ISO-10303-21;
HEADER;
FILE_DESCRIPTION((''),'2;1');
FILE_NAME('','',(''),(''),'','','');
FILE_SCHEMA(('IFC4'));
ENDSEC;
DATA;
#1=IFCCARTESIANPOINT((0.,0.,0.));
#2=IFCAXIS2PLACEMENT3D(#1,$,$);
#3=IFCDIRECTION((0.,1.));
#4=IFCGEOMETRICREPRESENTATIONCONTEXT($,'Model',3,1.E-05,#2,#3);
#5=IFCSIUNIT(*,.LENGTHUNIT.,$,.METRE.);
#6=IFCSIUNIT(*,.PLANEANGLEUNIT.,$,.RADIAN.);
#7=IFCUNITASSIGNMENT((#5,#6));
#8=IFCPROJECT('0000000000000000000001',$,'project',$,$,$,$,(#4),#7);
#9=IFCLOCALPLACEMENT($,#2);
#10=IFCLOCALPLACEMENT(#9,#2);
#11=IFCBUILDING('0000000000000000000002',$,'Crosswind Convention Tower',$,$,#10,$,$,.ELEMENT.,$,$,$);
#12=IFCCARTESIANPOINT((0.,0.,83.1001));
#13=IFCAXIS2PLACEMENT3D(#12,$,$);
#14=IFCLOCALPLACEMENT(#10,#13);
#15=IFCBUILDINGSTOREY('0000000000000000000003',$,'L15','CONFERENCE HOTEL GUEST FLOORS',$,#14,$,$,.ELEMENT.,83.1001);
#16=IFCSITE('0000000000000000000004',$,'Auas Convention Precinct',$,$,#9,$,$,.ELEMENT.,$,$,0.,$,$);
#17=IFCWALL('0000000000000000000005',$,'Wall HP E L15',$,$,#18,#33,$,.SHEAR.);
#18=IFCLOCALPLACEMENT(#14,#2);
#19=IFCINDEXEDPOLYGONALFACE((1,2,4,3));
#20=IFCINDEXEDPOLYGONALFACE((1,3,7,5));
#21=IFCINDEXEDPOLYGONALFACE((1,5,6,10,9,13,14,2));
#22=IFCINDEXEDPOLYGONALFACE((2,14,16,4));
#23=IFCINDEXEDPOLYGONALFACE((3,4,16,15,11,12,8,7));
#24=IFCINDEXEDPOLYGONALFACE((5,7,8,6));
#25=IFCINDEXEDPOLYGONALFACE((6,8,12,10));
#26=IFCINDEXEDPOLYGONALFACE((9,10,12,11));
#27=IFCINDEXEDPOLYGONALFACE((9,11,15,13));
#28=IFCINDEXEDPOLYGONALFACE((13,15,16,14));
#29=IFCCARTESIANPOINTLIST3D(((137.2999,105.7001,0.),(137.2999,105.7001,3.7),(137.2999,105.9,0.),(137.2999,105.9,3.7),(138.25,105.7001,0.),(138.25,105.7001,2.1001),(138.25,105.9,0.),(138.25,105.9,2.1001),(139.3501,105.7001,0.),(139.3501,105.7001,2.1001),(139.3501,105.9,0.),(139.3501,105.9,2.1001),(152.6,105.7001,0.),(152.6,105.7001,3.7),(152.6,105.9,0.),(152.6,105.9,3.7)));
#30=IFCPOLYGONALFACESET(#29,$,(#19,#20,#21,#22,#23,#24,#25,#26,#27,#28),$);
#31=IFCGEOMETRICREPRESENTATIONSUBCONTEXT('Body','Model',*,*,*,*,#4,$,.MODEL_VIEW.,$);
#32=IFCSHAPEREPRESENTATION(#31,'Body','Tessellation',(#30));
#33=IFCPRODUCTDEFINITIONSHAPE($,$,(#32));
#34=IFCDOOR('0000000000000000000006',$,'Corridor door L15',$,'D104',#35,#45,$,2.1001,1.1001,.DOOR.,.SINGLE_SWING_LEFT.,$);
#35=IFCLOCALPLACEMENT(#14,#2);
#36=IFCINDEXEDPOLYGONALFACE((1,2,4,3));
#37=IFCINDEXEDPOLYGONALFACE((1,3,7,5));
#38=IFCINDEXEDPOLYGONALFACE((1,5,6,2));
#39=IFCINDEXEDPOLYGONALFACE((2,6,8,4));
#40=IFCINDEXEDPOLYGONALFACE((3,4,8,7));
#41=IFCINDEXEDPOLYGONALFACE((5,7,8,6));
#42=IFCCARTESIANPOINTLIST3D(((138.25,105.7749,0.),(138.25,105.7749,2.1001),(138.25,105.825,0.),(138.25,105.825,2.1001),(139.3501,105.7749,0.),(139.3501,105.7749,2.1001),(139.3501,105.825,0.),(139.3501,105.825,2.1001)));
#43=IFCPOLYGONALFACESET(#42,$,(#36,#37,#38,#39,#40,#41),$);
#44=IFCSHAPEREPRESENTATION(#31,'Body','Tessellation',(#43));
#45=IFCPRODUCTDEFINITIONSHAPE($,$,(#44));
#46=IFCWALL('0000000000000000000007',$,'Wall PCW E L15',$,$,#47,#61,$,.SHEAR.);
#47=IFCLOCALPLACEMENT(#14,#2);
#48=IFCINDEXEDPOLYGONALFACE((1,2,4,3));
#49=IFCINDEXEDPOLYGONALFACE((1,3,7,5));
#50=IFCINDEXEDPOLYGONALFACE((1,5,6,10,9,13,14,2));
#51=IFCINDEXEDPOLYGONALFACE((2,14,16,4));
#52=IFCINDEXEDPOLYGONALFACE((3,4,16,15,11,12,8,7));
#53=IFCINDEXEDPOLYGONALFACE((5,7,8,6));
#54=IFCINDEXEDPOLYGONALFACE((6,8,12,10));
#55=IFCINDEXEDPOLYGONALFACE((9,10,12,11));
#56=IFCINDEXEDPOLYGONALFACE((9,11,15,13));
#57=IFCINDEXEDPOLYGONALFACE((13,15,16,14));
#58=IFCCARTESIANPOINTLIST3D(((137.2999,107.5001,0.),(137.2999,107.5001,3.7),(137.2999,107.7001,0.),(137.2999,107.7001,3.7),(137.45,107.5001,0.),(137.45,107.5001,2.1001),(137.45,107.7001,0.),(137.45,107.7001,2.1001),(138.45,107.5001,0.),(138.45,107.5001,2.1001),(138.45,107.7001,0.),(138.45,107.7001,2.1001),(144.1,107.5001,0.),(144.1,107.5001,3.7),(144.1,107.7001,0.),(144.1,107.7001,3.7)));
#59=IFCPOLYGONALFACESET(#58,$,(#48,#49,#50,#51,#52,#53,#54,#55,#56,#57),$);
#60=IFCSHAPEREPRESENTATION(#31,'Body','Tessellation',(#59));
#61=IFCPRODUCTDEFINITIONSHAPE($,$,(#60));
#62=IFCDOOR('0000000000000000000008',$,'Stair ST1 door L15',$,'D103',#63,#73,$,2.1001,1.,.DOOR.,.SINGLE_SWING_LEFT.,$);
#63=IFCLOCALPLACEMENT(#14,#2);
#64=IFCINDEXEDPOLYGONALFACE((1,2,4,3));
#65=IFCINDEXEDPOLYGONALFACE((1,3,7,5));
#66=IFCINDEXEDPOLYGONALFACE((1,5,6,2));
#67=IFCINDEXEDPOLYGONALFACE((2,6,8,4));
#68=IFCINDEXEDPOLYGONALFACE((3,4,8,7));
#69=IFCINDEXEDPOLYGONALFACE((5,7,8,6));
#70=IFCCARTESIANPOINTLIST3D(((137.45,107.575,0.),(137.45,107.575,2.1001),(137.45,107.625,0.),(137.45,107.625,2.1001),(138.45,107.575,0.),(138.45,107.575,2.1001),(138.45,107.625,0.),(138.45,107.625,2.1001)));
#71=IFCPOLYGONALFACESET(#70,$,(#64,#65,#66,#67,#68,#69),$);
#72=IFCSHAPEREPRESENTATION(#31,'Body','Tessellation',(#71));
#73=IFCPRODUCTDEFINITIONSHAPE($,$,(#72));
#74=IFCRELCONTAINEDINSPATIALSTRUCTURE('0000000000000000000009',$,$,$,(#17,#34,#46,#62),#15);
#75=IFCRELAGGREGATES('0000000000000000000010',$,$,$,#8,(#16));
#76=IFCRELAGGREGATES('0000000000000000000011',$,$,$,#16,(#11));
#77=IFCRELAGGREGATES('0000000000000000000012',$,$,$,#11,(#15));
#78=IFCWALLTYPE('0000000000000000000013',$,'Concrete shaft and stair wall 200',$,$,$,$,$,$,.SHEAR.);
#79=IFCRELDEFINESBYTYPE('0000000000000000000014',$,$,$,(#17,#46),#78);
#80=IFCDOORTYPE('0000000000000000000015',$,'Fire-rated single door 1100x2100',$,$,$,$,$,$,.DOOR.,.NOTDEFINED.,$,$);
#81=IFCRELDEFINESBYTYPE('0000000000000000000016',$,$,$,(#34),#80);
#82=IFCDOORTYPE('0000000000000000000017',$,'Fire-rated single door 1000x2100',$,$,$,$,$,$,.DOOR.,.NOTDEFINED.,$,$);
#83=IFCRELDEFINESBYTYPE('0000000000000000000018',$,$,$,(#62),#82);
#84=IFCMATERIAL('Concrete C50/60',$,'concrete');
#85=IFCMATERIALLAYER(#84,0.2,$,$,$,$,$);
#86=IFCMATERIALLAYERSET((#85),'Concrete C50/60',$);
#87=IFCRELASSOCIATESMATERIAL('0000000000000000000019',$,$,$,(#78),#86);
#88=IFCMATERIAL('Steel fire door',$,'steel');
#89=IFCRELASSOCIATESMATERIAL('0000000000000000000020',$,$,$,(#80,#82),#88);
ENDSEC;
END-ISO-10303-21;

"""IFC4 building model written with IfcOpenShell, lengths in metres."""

from ifc_helpers import new_model, si_unit, direction, frame, frame_2d, origin, place, context, subcontext, project, spatial, rectangle, extrude, material, layer, layer_set, type_object, element, fill, save


model = new_model("IFC4")

# Units and contexts
model_context = context("Model", 3, precision=1e-05, world=origin(), true_north=direction((0.0, 1.0)))
body_context = subcontext(model_context, "Body", "Model", "MODEL_VIEW")
ifc_project = project(units=[si_unit("LENGTHUNIT", "METRE"), si_unit("PLANEANGLEUNIT", "RADIAN")], contexts=[model_context])

# Site, building, storey
site_placement = place(None, origin())
site = spatial("IfcSite", under=ifc_project, at=site_placement, Name="Auas Convention Precinct", CompositionType="ELEMENT", RefElevation=0.0)
building_placement = place(site_placement, origin())
building = spatial("IfcBuilding", under=site, at=building_placement, Name="Crosswind Convention Tower", CompositionType="ELEMENT")
storey_placement = place(building_placement, frame((0.0, 0.0, 83.1001)))
storey = spatial("IfcBuildingStorey", under=building, at=storey_placement, Name="L15", Description="CONFERENCE HOTEL GUEST FLOORS", CompositionType="ELEMENT", Elevation=83.1001)

# Shared definitions
ifc_material_1 = material(Name="Concrete C50/60", Category="concrete")
ifc_layer_1 = layer(ifc_material_1, 0.2)
ifc_layer_set_1 = layer_set([ifc_layer_1], Name="Concrete C50/60")
wall_type_1 = type_object("IfcWallType", Name="Concrete shaft and stair wall 200", PredefinedType="SHEAR", material=ifc_layer_set_1)

# Walls, openings, doors
wall_1_placement = place(storey_placement, frame((137.3, 105.8, 0.0), z_axis=(0.0, 0.0, 1.0), x_axis=(1.0, 0.0, 0.0)))
wall_1 = element("IfcWall", 1, at=wall_1_placement, inside=storey, type_object=wall_type_1, Name="Wall HP E L15", PredefinedType="SHEAR", context=body_context, shape_type="SweptSolid", body=[
    extrude(rectangle(XDim=15.3, YDim=0.2, at=frame_2d((7.6499, 0.0))), origin(), (0.0, 0.0, 1.0), 3.7),
])
opening_1_placement = place(wall_1_placement, frame((0.95, 0.0, 0.0)))
opening_1 = element("IfcOpeningElement", 2, at=opening_1_placement, cuts=wall_1, PredefinedType="OPENING", context=body_context, shape_type="SweptSolid", body=[
    extrude(rectangle(XDim=1.1001, YDim=2.1001, at=frame_2d((0.55, 1.05))), frame((0.0, 0.1099, 0.0), z_axis=(0.0, -1.0, 0.0), x_axis=(1.0, 0.0, 0.0)), (0.0, 0.0, 1.0), 0.22),
])
ifc_material_2 = material(Name="Steel fire door", Category="steel")
door_type_1 = type_object("IfcDoorType", Name="Fire-rated single door 1100x2100", OperationType="NOTDEFINED", PredefinedType="DOOR", material=ifc_material_2)
door_1_placement = place(opening_1_placement, origin())
door_1 = element("IfcDoor", 3, at=door_1_placement, inside=storey, type_object=door_type_1, Name="Corridor door L15", ObjectType="D104", OperationType="SINGLE_SWING_LEFT", OverallHeight=2.1001, OverallWidth=1.1001, PredefinedType="DOOR", context=body_context, shape_type="SweptSolid", body=[
    extrude(rectangle(XDim=1.1001, YDim=2.1001, at=frame_2d((0.55, 1.05))), frame((0.0, 0.0249, 0.0), z_axis=(0.0, -1.0, 0.0), x_axis=(1.0, 0.0, 0.0)), (0.0, 0.0, 1.0), 0.05),
])
fill(opening_1, door_1)
wall_2_placement = place(storey_placement, frame((137.3, 107.6001, 0.0), z_axis=(0.0, 0.0, 1.0), x_axis=(1.0, 0.0, 0.0)))
wall_2 = element("IfcWall", 4, at=wall_2_placement, inside=storey, type_object=wall_type_1, Name="Wall PCW E L15", PredefinedType="SHEAR", context=body_context, shape_type="SweptSolid", body=[
    extrude(rectangle(XDim=6.8, YDim=0.2, at=frame_2d((3.3999, 0.0))), origin(), (0.0, 0.0, 1.0), 3.7),
])
opening_2_placement = place(wall_2_placement, frame((0.1499, 0.0, 0.0)))
opening_2 = element("IfcOpeningElement", 5, at=opening_2_placement, cuts=wall_2, PredefinedType="OPENING", context=body_context, shape_type="SweptSolid", body=[
    extrude(rectangle(XDim=1.0, YDim=2.1001, at=frame_2d((0.5, 1.05))), frame((0.0, 0.1099, 0.0), z_axis=(0.0, -1.0, 0.0), x_axis=(1.0, 0.0, 0.0)), (0.0, 0.0, 1.0), 0.22),
])
door_type_2 = type_object("IfcDoorType", Name="Fire-rated single door 1000x2100", OperationType="NOTDEFINED", PredefinedType="DOOR", material=ifc_material_2)
door_2_placement = place(opening_2_placement, origin())
door_2 = element("IfcDoor", 6, at=door_2_placement, inside=storey, type_object=door_type_2, Name="Stair ST1 door L15", ObjectType="D103", OperationType="SINGLE_SWING_LEFT", OverallHeight=2.1001, OverallWidth=1.0, PredefinedType="DOOR", context=body_context, shape_type="SweptSolid", body=[
    extrude(rectangle(XDim=1.0, YDim=2.1001, at=frame_2d((0.5, 1.05))), frame((0.0, 0.0249, 0.0), z_axis=(0.0, -1.0, 0.0), x_axis=(1.0, 0.0, 0.0)), (0.0, 0.0, 1.0), 0.05),
])
fill(opening_2, door_2)

save(model, "model.ifc")
